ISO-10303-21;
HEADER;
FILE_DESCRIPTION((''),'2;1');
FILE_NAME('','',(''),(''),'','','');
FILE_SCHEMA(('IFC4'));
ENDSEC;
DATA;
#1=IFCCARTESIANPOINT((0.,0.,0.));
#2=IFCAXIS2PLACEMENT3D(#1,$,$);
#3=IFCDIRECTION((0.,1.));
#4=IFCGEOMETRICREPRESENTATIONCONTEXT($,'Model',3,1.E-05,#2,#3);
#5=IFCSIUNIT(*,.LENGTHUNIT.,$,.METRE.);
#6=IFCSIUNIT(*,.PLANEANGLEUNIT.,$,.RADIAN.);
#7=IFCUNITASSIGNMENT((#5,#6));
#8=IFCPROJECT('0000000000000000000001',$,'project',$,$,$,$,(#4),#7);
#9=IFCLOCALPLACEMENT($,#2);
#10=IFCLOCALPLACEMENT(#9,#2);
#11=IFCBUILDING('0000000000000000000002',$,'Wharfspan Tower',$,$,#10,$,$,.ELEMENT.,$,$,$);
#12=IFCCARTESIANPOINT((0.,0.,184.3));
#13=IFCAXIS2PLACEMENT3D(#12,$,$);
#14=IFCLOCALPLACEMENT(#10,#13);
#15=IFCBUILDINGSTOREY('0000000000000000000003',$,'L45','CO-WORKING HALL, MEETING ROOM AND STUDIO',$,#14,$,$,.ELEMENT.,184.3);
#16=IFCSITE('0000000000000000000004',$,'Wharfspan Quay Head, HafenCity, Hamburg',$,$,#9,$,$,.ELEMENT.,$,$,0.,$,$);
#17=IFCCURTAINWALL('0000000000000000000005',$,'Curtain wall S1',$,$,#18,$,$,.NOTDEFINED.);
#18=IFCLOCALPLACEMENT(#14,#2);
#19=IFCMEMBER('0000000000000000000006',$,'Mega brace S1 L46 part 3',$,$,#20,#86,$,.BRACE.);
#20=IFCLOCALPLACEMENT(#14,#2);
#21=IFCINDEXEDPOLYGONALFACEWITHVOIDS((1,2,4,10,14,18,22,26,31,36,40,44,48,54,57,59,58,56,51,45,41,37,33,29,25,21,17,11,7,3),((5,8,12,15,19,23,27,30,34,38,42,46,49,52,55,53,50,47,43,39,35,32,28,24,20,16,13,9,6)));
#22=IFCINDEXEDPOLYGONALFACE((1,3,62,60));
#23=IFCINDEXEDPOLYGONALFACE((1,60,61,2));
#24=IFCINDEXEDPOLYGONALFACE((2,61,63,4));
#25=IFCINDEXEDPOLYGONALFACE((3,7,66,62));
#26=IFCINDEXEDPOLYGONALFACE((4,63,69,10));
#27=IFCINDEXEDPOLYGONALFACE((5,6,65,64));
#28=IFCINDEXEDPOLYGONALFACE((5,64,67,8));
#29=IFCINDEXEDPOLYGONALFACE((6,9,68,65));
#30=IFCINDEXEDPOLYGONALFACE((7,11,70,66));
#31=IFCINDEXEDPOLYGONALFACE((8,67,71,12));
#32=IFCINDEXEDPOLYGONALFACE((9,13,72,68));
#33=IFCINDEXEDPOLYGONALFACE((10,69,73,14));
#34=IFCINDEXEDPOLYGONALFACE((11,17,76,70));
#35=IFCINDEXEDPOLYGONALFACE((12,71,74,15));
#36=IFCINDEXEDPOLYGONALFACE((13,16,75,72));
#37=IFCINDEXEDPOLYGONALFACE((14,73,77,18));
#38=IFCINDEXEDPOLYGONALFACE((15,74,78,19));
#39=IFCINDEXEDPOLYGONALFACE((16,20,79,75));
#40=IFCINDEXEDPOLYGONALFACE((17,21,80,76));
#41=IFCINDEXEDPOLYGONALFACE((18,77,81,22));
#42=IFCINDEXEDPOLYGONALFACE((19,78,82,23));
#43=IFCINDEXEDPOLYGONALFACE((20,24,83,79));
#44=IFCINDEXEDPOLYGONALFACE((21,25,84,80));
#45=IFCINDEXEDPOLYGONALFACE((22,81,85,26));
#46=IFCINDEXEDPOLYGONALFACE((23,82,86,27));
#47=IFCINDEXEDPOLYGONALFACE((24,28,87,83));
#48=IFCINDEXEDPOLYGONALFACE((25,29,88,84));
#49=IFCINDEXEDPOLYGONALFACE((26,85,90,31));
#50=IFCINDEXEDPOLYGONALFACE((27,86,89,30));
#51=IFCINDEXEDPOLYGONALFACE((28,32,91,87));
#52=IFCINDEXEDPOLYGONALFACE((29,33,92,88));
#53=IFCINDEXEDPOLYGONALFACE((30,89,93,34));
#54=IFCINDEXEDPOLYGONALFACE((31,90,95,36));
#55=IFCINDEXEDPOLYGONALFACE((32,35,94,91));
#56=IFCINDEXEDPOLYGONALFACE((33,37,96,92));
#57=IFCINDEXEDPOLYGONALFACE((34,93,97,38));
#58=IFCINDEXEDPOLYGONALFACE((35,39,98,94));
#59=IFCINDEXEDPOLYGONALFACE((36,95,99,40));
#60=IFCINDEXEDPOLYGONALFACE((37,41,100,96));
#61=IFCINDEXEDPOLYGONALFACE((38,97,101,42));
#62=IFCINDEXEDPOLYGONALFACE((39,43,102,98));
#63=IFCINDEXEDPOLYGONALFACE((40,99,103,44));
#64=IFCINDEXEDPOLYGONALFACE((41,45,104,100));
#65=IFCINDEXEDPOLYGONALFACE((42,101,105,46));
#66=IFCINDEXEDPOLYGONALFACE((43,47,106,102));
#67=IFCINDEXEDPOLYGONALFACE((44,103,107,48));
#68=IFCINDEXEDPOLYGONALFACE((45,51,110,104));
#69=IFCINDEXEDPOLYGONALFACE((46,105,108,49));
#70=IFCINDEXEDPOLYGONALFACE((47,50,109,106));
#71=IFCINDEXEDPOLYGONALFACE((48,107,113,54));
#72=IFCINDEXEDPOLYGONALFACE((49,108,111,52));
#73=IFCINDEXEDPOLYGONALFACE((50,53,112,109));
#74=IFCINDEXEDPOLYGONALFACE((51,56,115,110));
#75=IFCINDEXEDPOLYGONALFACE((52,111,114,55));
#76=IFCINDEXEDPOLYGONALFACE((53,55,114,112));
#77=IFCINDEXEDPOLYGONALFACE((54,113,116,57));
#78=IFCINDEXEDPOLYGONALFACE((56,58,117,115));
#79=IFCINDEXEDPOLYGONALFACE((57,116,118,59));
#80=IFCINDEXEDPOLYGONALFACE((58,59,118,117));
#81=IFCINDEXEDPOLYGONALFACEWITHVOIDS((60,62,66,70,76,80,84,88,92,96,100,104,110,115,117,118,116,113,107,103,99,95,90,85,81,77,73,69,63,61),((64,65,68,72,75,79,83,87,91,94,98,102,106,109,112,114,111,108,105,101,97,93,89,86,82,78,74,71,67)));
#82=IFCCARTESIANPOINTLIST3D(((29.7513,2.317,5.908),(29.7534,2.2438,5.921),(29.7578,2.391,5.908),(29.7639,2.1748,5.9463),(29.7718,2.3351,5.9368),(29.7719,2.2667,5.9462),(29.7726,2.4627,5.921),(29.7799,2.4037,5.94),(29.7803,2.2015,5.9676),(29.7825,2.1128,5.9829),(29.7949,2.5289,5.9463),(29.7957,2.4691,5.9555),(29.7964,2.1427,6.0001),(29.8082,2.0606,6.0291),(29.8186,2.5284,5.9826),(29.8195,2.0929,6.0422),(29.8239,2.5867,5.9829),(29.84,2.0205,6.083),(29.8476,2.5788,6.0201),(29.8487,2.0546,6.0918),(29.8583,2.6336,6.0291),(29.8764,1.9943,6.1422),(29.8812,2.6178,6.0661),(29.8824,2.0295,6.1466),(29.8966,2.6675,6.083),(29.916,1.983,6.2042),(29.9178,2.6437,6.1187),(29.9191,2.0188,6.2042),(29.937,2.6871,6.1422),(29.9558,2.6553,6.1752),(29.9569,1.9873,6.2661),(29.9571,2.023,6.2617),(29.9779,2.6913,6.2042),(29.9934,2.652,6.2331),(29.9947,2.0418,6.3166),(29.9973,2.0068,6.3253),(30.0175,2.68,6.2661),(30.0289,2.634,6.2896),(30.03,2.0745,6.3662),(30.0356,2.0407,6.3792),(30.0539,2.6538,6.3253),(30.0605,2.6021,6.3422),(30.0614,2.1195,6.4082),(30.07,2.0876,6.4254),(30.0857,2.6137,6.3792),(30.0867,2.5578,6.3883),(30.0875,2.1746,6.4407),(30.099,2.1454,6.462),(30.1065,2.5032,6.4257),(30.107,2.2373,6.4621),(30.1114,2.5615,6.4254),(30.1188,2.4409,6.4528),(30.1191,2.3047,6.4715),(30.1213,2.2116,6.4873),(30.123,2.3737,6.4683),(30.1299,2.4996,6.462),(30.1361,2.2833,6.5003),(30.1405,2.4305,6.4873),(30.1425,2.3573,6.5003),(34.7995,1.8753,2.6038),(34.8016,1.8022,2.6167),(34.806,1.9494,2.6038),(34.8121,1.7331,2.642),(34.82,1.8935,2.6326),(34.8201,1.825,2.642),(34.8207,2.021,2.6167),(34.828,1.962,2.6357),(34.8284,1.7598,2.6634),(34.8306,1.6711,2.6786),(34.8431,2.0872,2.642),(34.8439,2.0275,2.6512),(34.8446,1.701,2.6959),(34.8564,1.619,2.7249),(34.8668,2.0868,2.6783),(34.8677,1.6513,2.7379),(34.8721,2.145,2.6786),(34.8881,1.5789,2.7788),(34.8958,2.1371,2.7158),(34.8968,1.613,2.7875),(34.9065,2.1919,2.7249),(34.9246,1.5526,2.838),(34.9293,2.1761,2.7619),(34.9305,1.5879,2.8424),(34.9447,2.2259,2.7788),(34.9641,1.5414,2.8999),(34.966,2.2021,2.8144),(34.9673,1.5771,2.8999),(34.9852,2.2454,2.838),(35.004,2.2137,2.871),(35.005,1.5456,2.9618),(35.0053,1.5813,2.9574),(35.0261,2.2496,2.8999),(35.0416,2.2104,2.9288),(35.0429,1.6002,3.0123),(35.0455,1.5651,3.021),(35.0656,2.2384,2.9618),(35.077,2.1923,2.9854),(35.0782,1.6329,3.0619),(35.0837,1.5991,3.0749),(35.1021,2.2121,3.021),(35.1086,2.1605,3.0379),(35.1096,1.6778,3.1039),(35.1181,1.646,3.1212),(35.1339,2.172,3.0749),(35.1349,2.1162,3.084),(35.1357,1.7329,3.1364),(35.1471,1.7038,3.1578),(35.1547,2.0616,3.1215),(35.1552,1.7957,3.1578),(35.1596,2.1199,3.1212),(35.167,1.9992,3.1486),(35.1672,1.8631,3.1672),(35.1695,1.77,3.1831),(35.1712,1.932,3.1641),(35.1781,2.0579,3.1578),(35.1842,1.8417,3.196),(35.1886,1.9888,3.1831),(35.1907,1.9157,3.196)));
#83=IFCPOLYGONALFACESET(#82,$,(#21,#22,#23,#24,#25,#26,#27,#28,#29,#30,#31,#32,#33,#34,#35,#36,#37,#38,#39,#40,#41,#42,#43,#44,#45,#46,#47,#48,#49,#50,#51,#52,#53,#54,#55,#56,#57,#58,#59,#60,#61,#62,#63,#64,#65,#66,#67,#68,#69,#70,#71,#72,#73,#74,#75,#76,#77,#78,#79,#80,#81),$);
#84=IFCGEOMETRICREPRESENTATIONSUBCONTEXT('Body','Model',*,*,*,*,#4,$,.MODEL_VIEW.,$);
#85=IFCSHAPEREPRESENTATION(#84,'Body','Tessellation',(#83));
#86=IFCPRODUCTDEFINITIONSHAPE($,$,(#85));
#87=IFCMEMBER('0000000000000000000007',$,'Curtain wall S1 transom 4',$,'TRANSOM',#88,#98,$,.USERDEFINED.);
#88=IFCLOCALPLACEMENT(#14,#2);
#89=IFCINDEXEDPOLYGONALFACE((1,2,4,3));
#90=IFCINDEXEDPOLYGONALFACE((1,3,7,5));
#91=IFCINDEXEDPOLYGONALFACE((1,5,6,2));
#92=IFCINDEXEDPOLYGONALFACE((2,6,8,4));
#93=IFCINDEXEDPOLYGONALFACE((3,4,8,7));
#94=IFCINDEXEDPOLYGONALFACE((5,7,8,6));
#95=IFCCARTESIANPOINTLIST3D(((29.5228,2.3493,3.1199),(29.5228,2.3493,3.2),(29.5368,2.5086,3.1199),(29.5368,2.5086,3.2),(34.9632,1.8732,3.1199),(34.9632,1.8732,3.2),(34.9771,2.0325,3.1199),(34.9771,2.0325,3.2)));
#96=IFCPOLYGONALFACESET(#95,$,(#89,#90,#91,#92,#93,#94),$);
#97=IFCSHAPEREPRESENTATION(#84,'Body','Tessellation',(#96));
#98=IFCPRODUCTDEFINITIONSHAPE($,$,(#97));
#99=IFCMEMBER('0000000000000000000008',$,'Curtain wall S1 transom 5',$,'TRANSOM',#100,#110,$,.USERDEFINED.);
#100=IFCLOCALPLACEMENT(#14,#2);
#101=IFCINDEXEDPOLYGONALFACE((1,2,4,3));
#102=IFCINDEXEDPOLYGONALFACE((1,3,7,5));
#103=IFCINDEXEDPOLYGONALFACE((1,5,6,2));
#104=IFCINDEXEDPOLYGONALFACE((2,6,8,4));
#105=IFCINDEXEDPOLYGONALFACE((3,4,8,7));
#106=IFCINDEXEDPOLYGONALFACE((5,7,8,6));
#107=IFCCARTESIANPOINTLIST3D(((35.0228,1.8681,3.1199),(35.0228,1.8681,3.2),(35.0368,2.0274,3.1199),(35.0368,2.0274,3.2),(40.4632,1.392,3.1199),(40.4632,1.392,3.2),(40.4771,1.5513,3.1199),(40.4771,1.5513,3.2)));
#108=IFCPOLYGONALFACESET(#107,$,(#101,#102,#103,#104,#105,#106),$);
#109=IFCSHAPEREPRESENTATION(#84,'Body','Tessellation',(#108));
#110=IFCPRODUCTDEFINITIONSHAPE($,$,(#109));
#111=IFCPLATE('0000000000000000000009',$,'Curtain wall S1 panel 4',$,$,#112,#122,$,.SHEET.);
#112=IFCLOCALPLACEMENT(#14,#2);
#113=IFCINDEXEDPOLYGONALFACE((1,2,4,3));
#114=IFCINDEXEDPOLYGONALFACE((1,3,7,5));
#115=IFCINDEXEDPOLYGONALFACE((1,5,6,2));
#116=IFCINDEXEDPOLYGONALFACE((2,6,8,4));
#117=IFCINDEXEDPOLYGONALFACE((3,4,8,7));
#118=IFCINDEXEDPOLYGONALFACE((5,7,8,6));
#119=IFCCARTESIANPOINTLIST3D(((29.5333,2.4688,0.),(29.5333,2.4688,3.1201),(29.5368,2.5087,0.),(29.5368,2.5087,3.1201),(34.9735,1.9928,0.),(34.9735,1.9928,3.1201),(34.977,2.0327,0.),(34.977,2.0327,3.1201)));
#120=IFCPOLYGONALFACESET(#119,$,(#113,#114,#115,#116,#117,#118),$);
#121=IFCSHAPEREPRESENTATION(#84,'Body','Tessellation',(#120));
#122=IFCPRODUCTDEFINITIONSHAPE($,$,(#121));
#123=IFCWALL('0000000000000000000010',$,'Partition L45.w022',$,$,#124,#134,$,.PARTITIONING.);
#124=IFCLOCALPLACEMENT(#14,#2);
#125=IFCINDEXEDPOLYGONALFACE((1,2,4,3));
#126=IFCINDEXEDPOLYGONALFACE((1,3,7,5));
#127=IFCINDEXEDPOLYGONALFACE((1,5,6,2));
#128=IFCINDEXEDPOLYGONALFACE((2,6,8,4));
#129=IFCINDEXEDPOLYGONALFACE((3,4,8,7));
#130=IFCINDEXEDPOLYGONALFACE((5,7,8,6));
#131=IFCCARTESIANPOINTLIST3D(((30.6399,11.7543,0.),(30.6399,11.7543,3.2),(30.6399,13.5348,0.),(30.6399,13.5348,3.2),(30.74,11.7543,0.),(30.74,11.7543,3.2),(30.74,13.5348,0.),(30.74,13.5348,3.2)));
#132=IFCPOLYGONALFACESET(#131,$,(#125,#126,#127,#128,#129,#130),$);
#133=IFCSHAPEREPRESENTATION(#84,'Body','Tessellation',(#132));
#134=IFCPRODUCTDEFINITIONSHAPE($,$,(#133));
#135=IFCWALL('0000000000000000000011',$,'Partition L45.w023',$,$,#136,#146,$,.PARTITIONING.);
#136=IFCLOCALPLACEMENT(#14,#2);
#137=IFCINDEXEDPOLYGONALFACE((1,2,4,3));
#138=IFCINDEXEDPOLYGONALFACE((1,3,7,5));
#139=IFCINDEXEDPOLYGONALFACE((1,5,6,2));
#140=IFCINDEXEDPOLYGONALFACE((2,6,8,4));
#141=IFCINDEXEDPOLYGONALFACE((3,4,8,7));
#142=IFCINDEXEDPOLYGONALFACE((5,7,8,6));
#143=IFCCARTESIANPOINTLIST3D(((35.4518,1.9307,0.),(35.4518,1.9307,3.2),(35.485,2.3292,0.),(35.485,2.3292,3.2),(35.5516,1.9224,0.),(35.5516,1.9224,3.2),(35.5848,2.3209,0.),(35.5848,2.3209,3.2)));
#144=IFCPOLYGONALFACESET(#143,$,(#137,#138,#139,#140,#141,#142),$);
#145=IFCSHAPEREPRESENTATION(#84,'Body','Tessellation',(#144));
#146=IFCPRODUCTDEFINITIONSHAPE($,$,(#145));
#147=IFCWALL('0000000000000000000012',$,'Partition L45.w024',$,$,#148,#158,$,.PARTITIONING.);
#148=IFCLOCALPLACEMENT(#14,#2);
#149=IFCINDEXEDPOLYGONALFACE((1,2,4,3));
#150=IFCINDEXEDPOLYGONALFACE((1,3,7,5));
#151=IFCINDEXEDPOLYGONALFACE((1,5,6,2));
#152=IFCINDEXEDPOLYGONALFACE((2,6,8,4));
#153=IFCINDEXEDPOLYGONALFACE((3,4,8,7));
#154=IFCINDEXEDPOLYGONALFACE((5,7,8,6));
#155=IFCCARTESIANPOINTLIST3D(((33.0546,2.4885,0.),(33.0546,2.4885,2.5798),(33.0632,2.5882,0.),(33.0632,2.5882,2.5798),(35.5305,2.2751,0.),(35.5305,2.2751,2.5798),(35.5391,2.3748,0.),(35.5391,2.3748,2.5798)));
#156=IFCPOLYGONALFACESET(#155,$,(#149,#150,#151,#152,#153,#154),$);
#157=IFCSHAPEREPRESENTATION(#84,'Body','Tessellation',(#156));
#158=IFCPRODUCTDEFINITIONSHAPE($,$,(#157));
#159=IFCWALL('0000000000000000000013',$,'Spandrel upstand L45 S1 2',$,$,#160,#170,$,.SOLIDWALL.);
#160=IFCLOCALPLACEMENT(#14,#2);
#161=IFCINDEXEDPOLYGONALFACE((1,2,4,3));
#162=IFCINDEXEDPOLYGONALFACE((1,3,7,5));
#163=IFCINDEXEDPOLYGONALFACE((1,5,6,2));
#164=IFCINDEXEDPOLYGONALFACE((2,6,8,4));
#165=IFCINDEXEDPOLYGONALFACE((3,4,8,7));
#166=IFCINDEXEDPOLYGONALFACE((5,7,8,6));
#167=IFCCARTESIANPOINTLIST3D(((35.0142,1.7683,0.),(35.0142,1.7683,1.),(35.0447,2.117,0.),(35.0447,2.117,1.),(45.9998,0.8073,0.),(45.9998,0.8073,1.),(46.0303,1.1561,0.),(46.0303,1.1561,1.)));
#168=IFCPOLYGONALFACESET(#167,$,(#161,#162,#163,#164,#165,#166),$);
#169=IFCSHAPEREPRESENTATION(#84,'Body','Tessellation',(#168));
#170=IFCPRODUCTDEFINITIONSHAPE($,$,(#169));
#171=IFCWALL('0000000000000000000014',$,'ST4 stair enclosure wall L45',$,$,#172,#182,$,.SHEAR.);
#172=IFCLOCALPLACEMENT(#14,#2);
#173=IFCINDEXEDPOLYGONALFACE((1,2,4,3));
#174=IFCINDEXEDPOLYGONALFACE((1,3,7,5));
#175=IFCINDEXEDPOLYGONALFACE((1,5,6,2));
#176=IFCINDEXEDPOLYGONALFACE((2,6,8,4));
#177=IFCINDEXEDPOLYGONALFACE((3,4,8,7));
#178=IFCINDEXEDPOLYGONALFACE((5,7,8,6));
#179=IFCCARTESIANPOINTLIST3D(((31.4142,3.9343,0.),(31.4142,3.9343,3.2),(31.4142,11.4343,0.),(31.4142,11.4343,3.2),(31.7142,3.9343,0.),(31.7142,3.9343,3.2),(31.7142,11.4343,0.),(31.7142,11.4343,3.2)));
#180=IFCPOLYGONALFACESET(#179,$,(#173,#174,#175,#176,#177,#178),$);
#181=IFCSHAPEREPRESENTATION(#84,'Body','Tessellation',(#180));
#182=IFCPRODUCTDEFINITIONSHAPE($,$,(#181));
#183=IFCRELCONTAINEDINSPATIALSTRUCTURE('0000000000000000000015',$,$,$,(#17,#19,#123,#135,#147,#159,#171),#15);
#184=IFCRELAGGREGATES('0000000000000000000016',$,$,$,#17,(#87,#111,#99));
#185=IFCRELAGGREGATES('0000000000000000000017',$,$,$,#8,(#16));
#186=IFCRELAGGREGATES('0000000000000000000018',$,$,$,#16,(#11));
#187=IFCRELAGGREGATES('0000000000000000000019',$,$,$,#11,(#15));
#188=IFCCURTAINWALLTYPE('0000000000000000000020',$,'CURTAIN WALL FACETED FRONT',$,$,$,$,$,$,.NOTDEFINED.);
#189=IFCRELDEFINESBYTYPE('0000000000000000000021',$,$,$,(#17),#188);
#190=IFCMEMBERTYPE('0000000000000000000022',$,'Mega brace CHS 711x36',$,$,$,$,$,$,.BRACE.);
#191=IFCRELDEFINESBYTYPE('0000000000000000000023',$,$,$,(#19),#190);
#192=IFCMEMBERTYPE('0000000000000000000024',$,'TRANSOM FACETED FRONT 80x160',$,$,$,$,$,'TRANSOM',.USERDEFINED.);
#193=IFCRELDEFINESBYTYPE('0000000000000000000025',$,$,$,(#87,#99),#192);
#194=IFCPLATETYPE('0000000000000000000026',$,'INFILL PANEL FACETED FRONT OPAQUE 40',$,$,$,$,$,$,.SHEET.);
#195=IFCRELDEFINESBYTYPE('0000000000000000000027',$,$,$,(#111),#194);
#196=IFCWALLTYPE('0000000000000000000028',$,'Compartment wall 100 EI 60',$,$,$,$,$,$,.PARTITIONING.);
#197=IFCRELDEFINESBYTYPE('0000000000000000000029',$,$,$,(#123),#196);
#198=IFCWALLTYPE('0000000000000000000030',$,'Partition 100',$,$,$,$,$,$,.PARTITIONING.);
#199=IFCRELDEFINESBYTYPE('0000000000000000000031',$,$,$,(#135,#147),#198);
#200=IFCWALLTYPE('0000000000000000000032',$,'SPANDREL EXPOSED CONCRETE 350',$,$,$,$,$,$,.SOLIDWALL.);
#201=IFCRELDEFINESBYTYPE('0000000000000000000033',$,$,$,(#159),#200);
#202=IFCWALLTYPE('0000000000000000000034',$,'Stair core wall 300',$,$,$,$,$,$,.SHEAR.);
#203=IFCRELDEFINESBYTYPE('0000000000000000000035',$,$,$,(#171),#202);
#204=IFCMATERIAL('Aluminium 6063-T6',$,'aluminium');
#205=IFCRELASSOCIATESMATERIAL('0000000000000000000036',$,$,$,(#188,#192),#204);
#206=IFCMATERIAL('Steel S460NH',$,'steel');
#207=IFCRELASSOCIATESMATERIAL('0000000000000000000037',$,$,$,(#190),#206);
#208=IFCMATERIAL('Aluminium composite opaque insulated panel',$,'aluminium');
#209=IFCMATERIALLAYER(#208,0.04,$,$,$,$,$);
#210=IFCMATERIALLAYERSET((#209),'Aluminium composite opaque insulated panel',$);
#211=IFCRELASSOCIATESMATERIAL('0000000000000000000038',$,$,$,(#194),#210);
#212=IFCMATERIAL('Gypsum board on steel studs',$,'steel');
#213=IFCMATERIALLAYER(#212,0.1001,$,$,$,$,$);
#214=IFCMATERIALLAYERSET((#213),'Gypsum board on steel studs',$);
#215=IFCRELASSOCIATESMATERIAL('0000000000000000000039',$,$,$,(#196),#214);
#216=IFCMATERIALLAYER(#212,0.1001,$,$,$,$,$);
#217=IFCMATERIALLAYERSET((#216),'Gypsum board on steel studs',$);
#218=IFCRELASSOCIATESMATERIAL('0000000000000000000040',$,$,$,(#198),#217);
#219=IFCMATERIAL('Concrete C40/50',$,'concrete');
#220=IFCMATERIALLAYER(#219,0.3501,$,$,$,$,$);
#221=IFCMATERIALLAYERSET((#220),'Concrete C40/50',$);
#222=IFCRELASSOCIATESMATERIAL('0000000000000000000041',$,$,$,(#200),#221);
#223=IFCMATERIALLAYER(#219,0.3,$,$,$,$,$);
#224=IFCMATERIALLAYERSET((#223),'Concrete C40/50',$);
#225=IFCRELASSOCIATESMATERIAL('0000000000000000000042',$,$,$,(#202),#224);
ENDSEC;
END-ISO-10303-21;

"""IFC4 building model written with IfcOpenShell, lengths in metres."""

from ifc_helpers import new_model, si_unit, direction, frame, frame_2d, origin, origin_2d, place, context, subcontext, project, spatial, rectangle, hollow_circle, extrude, material, layer, layer_set, material_profile, profile_set, type_object, element, aggregate, save


model = new_model("IFC4")

# Units and contexts
model_context = context("Model", 3, precision=1e-05, world=origin(), true_north=direction((0.0, 1.0)))
body_context = subcontext(model_context, "Body", "Model", "MODEL_VIEW")
ifc_project = project(units=[si_unit("LENGTHUNIT", "METRE"), si_unit("PLANEANGLEUNIT", "RADIAN")], contexts=[model_context])

# Site, building, storey
site_placement = place(None, origin())
site = spatial("IfcSite", under=ifc_project, at=site_placement, Name="Wharfspan Quay Head, HafenCity, Hamburg", CompositionType="ELEMENT", RefElevation=0.0)
building_placement = place(site_placement, origin())
building = spatial("IfcBuilding", under=site, at=building_placement, Name="Wharfspan Tower", CompositionType="ELEMENT")
storey_placement = place(building_placement, frame((0.0, 0.0, 184.3)))
storey = spatial("IfcBuildingStorey", under=building, at=storey_placement, Name="L45", Description="CO-WORKING HALL, MEETING ROOM AND STUDIO", CompositionType="ELEMENT", Elevation=184.3)

# Curtain wall
ifc_material_1 = material(Name="Aluminium 6063-T6", Category="aluminium")
curtain_wall_type = type_object("IfcCurtainWallType", Name="CURTAIN WALL FACETED FRONT", PredefinedType="NOTDEFINED", material=ifc_material_1)
curtain_wall_placement = place(storey_placement, origin())
curtain_wall = element("IfcCurtainWall", 1, at=curtain_wall_placement, inside=storey, type_object=curtain_wall_type, Name="Curtain wall S1", PredefinedType="NOTDEFINED")

# Members
ifc_material_2 = material(Name="Steel S460NH", Category="steel")
ifc_material_profile_1 = material_profile(ifc_material_2, hollow_circle(Radius=0.3555, WallThickness=0.0359, at=origin_2d()))
ifc_profile_set_1 = profile_set([ifc_material_profile_1], Name="Steel S460NH")
member_type_1 = type_object("IfcMemberType", Name="Mega brace CHS 711x36", PredefinedType="BRACE", material=ifc_profile_set_1)
member_1_placement = place(storey_placement, frame((34.9951, 1.8955, 2.8999), z_axis=(-0.834469, 0.073006, 0.546197), x_axis=(-0.087156, -0.996198, -0.000001)))
element("IfcMember", 2, at=member_1_placement, inside=storey, type_object=member_type_1, Name="Mega brace S1 L46 part 3", PredefinedType="BRACE", context=body_context, shape_type="SweptSolid", body=[
    extrude(hollow_circle(Radius=0.3555, WallThickness=0.0359, at=origin_2d()), origin(), (0.0, 0.0, 1.0), 6.0496),
])
ifc_material_profile_2 = material_profile(ifc_material_1, rectangle(XDim=0.1599, YDim=0.0801, at=origin_2d()))
ifc_profile_set_2 = profile_set([ifc_material_profile_2], Name="Aluminium 6063-T6")
member_type_2 = type_object("IfcMemberType", Name="TRANSOM FACETED FRONT 80x160", ElementType="TRANSOM", PredefinedType="USERDEFINED", material=ifc_profile_set_2)
member_2_placement = place(storey_placement, frame((29.5298, 2.429, 3.1599), z_axis=(0.996193, -0.087174, 0.0), x_axis=(0.087174, 0.996193, 0.0)))
member_2 = element("IfcMember", 3, at=member_2_placement, type_object=member_type_2, Name="Curtain wall S1 transom 4", ObjectType="TRANSOM", PredefinedType="USERDEFINED", context=body_context, shape_type="SweptSolid", body=[
    extrude(rectangle(XDim=0.1599, YDim=0.0801, at=origin_2d()), origin(), (0.0, 0.0, 1.0), 5.4612),
])
member_3_placement = place(storey_placement, frame((35.0298, 1.9478, 3.1599), z_axis=(0.996193, -0.087174, 0.0), x_axis=(0.087174, 0.996193, 0.0)))
member_3 = element("IfcMember", 4, at=member_3_placement, type_object=member_type_2, Name="Curtain wall S1 transom 5", ObjectType="TRANSOM", PredefinedType="USERDEFINED", context=body_context, shape_type="SweptSolid", body=[
    extrude(rectangle(XDim=0.1599, YDim=0.0801, at=origin_2d()), origin(), (0.0, 0.0, 1.0), 5.4612),
])

# Plate
ifc_material_3 = material(Name="Aluminium composite opaque insulated panel", Category="aluminium")
ifc_layer_1 = layer(ifc_material_3, 0.04)
ifc_layer_set_1 = layer_set([ifc_layer_1], Name="Aluminium composite opaque insulated panel")
plate_type = type_object("IfcPlateType", Name="INFILL PANEL FACETED FRONT OPAQUE 40", PredefinedType="SHEET", material=ifc_layer_set_1)
plate_placement = place(storey_placement, frame((32.2551, 2.2507, 0.0), z_axis=(0.0, 0.0, 1.0), x_axis=(0.996198, -0.087156, 0.0)))
plate = element("IfcPlate", 5, at=plate_placement, type_object=plate_type, Name="Curtain wall S1 panel 4", PredefinedType="SHEET", context=body_context, shape_type="SweptSolid", body=[
    extrude(rectangle(XDim=5.4609, YDim=0.04, at=origin_2d()), origin(), (0.0, 0.0, 1.0), 3.1201),
])
aggregate(curtain_wall, [member_2, plate, member_3])

# Walls
ifc_material_4 = material(Name="Gypsum board on steel studs", Category="steel")
ifc_layer_2 = layer(ifc_material_4, 0.1001)
ifc_layer_set_2 = layer_set([ifc_layer_2], Name="Gypsum board on steel studs")
wall_type_1 = type_object("IfcWallType", Name="Compartment wall 100 EI 60", PredefinedType="PARTITIONING", material=ifc_layer_set_2)
wall_1_placement = place(storey_placement, frame((30.6899, 11.7544, 0.0), z_axis=(0.0, 0.0, 1.0), x_axis=(0.0, 1.0, 0.0)))
element("IfcWall", 6, at=wall_1_placement, inside=storey, type_object=wall_type_1, Name="Partition L45.w022", PredefinedType="PARTITIONING", context=body_context, shape_type="SweptSolid", body=[
    extrude(rectangle(XDim=1.7805, YDim=0.1001, at=frame_2d((0.8901, 0.0))), origin(), (0.0, 0.0, 1.0), 3.2),
])
ifc_layer_3 = layer(ifc_material_4, 0.1001)
ifc_layer_set_3 = layer_set([ifc_layer_3], Name="Gypsum board on steel studs")
wall_type_2 = type_object("IfcWallType", Name="Partition 100", PredefinedType="PARTITIONING", material=ifc_layer_set_3)
wall_2_placement = place(storey_placement, frame((35.5017, 1.9265, 0.0), z_axis=(0.0, 0.0, 1.0), x_axis=(0.083045, 0.996542, 0.0)))
element("IfcWall", 7, at=wall_2_placement, inside=storey, type_object=wall_type_2, Name="Partition L45.w023", PredefinedType="PARTITIONING", context=body_context, shape_type="SweptSolid", body=[
    extrude(rectangle(XDim=0.3999, YDim=0.1001, at=frame_2d((0.2, 0.0))), origin(), (0.0, 0.0, 1.0), 3.2),
])
wall_3_placement = place(storey_placement, frame((35.5349, 2.325, 0.0), z_axis=(0.0, 0.0, 1.0), x_axis=(-0.996311, 0.085867, 0.0)))
element("IfcWall", 8, at=wall_3_placement, inside=storey, type_object=wall_type_2, Name="Partition L45.w024", PredefinedType="PARTITIONING", context=body_context, shape_type="SweptSolid", body=[
    extrude(rectangle(XDim=2.4851, YDim=0.1001, at=frame_2d((1.2427, 0.0))), origin(), (0.0, 0.0, 1.0), 2.5798),
])
ifc_material_5 = material(Name="Concrete C40/50", Category="concrete")
ifc_layer_4 = layer(ifc_material_5, 0.3501)
ifc_layer_set_4 = layer_set([ifc_layer_4], Name="Concrete C40/50")
wall_type_3 = type_object("IfcWallType", Name="SPANDREL EXPOSED CONCRETE 350", PredefinedType="SOLIDWALL", material=ifc_layer_set_4)
wall_4_placement = place(storey_placement, frame((35.0295, 1.9426, 0.0), z_axis=(0.0, 0.0, 1.0), x_axis=(0.996199, -0.08714, 0.0)))
element("IfcWall", 9, at=wall_4_placement, inside=storey, type_object=wall_type_3, Name="Spandrel upstand L45 S1 2", PredefinedType="SOLIDWALL", context=body_context, shape_type="SweptSolid", body=[
    extrude(rectangle(XDim=11.0276, YDim=0.3501, at=frame_2d((5.5137, 0.0))), origin(), (0.0, 0.0, 1.0), 1.0),
])
ifc_layer_5 = layer(ifc_material_5, 0.3)
ifc_layer_set_5 = layer_set([ifc_layer_5], Name="Concrete C40/50")
wall_type_4 = type_object("IfcWallType", Name="Stair core wall 300", PredefinedType="SHEAR", material=ifc_layer_set_5)
wall_5_placement = place(storey_placement, frame((31.5642, 3.9343, 0.0), z_axis=(0.0, 0.0, 1.0), x_axis=(0.0, 1.0, 0.0)))
element("IfcWall", 10, at=wall_5_placement, inside=storey, type_object=wall_type_4, Name="ST4 stair enclosure wall L45", PredefinedType="SHEAR", context=body_context, shape_type="SweptSolid", body=[
    extrude(rectangle(XDim=7.5, YDim=0.3, at=frame_2d((3.75, 0.0))), origin(), (0.0, 0.0, 1.0), 3.2),
])

save(model, "model.ifc")
